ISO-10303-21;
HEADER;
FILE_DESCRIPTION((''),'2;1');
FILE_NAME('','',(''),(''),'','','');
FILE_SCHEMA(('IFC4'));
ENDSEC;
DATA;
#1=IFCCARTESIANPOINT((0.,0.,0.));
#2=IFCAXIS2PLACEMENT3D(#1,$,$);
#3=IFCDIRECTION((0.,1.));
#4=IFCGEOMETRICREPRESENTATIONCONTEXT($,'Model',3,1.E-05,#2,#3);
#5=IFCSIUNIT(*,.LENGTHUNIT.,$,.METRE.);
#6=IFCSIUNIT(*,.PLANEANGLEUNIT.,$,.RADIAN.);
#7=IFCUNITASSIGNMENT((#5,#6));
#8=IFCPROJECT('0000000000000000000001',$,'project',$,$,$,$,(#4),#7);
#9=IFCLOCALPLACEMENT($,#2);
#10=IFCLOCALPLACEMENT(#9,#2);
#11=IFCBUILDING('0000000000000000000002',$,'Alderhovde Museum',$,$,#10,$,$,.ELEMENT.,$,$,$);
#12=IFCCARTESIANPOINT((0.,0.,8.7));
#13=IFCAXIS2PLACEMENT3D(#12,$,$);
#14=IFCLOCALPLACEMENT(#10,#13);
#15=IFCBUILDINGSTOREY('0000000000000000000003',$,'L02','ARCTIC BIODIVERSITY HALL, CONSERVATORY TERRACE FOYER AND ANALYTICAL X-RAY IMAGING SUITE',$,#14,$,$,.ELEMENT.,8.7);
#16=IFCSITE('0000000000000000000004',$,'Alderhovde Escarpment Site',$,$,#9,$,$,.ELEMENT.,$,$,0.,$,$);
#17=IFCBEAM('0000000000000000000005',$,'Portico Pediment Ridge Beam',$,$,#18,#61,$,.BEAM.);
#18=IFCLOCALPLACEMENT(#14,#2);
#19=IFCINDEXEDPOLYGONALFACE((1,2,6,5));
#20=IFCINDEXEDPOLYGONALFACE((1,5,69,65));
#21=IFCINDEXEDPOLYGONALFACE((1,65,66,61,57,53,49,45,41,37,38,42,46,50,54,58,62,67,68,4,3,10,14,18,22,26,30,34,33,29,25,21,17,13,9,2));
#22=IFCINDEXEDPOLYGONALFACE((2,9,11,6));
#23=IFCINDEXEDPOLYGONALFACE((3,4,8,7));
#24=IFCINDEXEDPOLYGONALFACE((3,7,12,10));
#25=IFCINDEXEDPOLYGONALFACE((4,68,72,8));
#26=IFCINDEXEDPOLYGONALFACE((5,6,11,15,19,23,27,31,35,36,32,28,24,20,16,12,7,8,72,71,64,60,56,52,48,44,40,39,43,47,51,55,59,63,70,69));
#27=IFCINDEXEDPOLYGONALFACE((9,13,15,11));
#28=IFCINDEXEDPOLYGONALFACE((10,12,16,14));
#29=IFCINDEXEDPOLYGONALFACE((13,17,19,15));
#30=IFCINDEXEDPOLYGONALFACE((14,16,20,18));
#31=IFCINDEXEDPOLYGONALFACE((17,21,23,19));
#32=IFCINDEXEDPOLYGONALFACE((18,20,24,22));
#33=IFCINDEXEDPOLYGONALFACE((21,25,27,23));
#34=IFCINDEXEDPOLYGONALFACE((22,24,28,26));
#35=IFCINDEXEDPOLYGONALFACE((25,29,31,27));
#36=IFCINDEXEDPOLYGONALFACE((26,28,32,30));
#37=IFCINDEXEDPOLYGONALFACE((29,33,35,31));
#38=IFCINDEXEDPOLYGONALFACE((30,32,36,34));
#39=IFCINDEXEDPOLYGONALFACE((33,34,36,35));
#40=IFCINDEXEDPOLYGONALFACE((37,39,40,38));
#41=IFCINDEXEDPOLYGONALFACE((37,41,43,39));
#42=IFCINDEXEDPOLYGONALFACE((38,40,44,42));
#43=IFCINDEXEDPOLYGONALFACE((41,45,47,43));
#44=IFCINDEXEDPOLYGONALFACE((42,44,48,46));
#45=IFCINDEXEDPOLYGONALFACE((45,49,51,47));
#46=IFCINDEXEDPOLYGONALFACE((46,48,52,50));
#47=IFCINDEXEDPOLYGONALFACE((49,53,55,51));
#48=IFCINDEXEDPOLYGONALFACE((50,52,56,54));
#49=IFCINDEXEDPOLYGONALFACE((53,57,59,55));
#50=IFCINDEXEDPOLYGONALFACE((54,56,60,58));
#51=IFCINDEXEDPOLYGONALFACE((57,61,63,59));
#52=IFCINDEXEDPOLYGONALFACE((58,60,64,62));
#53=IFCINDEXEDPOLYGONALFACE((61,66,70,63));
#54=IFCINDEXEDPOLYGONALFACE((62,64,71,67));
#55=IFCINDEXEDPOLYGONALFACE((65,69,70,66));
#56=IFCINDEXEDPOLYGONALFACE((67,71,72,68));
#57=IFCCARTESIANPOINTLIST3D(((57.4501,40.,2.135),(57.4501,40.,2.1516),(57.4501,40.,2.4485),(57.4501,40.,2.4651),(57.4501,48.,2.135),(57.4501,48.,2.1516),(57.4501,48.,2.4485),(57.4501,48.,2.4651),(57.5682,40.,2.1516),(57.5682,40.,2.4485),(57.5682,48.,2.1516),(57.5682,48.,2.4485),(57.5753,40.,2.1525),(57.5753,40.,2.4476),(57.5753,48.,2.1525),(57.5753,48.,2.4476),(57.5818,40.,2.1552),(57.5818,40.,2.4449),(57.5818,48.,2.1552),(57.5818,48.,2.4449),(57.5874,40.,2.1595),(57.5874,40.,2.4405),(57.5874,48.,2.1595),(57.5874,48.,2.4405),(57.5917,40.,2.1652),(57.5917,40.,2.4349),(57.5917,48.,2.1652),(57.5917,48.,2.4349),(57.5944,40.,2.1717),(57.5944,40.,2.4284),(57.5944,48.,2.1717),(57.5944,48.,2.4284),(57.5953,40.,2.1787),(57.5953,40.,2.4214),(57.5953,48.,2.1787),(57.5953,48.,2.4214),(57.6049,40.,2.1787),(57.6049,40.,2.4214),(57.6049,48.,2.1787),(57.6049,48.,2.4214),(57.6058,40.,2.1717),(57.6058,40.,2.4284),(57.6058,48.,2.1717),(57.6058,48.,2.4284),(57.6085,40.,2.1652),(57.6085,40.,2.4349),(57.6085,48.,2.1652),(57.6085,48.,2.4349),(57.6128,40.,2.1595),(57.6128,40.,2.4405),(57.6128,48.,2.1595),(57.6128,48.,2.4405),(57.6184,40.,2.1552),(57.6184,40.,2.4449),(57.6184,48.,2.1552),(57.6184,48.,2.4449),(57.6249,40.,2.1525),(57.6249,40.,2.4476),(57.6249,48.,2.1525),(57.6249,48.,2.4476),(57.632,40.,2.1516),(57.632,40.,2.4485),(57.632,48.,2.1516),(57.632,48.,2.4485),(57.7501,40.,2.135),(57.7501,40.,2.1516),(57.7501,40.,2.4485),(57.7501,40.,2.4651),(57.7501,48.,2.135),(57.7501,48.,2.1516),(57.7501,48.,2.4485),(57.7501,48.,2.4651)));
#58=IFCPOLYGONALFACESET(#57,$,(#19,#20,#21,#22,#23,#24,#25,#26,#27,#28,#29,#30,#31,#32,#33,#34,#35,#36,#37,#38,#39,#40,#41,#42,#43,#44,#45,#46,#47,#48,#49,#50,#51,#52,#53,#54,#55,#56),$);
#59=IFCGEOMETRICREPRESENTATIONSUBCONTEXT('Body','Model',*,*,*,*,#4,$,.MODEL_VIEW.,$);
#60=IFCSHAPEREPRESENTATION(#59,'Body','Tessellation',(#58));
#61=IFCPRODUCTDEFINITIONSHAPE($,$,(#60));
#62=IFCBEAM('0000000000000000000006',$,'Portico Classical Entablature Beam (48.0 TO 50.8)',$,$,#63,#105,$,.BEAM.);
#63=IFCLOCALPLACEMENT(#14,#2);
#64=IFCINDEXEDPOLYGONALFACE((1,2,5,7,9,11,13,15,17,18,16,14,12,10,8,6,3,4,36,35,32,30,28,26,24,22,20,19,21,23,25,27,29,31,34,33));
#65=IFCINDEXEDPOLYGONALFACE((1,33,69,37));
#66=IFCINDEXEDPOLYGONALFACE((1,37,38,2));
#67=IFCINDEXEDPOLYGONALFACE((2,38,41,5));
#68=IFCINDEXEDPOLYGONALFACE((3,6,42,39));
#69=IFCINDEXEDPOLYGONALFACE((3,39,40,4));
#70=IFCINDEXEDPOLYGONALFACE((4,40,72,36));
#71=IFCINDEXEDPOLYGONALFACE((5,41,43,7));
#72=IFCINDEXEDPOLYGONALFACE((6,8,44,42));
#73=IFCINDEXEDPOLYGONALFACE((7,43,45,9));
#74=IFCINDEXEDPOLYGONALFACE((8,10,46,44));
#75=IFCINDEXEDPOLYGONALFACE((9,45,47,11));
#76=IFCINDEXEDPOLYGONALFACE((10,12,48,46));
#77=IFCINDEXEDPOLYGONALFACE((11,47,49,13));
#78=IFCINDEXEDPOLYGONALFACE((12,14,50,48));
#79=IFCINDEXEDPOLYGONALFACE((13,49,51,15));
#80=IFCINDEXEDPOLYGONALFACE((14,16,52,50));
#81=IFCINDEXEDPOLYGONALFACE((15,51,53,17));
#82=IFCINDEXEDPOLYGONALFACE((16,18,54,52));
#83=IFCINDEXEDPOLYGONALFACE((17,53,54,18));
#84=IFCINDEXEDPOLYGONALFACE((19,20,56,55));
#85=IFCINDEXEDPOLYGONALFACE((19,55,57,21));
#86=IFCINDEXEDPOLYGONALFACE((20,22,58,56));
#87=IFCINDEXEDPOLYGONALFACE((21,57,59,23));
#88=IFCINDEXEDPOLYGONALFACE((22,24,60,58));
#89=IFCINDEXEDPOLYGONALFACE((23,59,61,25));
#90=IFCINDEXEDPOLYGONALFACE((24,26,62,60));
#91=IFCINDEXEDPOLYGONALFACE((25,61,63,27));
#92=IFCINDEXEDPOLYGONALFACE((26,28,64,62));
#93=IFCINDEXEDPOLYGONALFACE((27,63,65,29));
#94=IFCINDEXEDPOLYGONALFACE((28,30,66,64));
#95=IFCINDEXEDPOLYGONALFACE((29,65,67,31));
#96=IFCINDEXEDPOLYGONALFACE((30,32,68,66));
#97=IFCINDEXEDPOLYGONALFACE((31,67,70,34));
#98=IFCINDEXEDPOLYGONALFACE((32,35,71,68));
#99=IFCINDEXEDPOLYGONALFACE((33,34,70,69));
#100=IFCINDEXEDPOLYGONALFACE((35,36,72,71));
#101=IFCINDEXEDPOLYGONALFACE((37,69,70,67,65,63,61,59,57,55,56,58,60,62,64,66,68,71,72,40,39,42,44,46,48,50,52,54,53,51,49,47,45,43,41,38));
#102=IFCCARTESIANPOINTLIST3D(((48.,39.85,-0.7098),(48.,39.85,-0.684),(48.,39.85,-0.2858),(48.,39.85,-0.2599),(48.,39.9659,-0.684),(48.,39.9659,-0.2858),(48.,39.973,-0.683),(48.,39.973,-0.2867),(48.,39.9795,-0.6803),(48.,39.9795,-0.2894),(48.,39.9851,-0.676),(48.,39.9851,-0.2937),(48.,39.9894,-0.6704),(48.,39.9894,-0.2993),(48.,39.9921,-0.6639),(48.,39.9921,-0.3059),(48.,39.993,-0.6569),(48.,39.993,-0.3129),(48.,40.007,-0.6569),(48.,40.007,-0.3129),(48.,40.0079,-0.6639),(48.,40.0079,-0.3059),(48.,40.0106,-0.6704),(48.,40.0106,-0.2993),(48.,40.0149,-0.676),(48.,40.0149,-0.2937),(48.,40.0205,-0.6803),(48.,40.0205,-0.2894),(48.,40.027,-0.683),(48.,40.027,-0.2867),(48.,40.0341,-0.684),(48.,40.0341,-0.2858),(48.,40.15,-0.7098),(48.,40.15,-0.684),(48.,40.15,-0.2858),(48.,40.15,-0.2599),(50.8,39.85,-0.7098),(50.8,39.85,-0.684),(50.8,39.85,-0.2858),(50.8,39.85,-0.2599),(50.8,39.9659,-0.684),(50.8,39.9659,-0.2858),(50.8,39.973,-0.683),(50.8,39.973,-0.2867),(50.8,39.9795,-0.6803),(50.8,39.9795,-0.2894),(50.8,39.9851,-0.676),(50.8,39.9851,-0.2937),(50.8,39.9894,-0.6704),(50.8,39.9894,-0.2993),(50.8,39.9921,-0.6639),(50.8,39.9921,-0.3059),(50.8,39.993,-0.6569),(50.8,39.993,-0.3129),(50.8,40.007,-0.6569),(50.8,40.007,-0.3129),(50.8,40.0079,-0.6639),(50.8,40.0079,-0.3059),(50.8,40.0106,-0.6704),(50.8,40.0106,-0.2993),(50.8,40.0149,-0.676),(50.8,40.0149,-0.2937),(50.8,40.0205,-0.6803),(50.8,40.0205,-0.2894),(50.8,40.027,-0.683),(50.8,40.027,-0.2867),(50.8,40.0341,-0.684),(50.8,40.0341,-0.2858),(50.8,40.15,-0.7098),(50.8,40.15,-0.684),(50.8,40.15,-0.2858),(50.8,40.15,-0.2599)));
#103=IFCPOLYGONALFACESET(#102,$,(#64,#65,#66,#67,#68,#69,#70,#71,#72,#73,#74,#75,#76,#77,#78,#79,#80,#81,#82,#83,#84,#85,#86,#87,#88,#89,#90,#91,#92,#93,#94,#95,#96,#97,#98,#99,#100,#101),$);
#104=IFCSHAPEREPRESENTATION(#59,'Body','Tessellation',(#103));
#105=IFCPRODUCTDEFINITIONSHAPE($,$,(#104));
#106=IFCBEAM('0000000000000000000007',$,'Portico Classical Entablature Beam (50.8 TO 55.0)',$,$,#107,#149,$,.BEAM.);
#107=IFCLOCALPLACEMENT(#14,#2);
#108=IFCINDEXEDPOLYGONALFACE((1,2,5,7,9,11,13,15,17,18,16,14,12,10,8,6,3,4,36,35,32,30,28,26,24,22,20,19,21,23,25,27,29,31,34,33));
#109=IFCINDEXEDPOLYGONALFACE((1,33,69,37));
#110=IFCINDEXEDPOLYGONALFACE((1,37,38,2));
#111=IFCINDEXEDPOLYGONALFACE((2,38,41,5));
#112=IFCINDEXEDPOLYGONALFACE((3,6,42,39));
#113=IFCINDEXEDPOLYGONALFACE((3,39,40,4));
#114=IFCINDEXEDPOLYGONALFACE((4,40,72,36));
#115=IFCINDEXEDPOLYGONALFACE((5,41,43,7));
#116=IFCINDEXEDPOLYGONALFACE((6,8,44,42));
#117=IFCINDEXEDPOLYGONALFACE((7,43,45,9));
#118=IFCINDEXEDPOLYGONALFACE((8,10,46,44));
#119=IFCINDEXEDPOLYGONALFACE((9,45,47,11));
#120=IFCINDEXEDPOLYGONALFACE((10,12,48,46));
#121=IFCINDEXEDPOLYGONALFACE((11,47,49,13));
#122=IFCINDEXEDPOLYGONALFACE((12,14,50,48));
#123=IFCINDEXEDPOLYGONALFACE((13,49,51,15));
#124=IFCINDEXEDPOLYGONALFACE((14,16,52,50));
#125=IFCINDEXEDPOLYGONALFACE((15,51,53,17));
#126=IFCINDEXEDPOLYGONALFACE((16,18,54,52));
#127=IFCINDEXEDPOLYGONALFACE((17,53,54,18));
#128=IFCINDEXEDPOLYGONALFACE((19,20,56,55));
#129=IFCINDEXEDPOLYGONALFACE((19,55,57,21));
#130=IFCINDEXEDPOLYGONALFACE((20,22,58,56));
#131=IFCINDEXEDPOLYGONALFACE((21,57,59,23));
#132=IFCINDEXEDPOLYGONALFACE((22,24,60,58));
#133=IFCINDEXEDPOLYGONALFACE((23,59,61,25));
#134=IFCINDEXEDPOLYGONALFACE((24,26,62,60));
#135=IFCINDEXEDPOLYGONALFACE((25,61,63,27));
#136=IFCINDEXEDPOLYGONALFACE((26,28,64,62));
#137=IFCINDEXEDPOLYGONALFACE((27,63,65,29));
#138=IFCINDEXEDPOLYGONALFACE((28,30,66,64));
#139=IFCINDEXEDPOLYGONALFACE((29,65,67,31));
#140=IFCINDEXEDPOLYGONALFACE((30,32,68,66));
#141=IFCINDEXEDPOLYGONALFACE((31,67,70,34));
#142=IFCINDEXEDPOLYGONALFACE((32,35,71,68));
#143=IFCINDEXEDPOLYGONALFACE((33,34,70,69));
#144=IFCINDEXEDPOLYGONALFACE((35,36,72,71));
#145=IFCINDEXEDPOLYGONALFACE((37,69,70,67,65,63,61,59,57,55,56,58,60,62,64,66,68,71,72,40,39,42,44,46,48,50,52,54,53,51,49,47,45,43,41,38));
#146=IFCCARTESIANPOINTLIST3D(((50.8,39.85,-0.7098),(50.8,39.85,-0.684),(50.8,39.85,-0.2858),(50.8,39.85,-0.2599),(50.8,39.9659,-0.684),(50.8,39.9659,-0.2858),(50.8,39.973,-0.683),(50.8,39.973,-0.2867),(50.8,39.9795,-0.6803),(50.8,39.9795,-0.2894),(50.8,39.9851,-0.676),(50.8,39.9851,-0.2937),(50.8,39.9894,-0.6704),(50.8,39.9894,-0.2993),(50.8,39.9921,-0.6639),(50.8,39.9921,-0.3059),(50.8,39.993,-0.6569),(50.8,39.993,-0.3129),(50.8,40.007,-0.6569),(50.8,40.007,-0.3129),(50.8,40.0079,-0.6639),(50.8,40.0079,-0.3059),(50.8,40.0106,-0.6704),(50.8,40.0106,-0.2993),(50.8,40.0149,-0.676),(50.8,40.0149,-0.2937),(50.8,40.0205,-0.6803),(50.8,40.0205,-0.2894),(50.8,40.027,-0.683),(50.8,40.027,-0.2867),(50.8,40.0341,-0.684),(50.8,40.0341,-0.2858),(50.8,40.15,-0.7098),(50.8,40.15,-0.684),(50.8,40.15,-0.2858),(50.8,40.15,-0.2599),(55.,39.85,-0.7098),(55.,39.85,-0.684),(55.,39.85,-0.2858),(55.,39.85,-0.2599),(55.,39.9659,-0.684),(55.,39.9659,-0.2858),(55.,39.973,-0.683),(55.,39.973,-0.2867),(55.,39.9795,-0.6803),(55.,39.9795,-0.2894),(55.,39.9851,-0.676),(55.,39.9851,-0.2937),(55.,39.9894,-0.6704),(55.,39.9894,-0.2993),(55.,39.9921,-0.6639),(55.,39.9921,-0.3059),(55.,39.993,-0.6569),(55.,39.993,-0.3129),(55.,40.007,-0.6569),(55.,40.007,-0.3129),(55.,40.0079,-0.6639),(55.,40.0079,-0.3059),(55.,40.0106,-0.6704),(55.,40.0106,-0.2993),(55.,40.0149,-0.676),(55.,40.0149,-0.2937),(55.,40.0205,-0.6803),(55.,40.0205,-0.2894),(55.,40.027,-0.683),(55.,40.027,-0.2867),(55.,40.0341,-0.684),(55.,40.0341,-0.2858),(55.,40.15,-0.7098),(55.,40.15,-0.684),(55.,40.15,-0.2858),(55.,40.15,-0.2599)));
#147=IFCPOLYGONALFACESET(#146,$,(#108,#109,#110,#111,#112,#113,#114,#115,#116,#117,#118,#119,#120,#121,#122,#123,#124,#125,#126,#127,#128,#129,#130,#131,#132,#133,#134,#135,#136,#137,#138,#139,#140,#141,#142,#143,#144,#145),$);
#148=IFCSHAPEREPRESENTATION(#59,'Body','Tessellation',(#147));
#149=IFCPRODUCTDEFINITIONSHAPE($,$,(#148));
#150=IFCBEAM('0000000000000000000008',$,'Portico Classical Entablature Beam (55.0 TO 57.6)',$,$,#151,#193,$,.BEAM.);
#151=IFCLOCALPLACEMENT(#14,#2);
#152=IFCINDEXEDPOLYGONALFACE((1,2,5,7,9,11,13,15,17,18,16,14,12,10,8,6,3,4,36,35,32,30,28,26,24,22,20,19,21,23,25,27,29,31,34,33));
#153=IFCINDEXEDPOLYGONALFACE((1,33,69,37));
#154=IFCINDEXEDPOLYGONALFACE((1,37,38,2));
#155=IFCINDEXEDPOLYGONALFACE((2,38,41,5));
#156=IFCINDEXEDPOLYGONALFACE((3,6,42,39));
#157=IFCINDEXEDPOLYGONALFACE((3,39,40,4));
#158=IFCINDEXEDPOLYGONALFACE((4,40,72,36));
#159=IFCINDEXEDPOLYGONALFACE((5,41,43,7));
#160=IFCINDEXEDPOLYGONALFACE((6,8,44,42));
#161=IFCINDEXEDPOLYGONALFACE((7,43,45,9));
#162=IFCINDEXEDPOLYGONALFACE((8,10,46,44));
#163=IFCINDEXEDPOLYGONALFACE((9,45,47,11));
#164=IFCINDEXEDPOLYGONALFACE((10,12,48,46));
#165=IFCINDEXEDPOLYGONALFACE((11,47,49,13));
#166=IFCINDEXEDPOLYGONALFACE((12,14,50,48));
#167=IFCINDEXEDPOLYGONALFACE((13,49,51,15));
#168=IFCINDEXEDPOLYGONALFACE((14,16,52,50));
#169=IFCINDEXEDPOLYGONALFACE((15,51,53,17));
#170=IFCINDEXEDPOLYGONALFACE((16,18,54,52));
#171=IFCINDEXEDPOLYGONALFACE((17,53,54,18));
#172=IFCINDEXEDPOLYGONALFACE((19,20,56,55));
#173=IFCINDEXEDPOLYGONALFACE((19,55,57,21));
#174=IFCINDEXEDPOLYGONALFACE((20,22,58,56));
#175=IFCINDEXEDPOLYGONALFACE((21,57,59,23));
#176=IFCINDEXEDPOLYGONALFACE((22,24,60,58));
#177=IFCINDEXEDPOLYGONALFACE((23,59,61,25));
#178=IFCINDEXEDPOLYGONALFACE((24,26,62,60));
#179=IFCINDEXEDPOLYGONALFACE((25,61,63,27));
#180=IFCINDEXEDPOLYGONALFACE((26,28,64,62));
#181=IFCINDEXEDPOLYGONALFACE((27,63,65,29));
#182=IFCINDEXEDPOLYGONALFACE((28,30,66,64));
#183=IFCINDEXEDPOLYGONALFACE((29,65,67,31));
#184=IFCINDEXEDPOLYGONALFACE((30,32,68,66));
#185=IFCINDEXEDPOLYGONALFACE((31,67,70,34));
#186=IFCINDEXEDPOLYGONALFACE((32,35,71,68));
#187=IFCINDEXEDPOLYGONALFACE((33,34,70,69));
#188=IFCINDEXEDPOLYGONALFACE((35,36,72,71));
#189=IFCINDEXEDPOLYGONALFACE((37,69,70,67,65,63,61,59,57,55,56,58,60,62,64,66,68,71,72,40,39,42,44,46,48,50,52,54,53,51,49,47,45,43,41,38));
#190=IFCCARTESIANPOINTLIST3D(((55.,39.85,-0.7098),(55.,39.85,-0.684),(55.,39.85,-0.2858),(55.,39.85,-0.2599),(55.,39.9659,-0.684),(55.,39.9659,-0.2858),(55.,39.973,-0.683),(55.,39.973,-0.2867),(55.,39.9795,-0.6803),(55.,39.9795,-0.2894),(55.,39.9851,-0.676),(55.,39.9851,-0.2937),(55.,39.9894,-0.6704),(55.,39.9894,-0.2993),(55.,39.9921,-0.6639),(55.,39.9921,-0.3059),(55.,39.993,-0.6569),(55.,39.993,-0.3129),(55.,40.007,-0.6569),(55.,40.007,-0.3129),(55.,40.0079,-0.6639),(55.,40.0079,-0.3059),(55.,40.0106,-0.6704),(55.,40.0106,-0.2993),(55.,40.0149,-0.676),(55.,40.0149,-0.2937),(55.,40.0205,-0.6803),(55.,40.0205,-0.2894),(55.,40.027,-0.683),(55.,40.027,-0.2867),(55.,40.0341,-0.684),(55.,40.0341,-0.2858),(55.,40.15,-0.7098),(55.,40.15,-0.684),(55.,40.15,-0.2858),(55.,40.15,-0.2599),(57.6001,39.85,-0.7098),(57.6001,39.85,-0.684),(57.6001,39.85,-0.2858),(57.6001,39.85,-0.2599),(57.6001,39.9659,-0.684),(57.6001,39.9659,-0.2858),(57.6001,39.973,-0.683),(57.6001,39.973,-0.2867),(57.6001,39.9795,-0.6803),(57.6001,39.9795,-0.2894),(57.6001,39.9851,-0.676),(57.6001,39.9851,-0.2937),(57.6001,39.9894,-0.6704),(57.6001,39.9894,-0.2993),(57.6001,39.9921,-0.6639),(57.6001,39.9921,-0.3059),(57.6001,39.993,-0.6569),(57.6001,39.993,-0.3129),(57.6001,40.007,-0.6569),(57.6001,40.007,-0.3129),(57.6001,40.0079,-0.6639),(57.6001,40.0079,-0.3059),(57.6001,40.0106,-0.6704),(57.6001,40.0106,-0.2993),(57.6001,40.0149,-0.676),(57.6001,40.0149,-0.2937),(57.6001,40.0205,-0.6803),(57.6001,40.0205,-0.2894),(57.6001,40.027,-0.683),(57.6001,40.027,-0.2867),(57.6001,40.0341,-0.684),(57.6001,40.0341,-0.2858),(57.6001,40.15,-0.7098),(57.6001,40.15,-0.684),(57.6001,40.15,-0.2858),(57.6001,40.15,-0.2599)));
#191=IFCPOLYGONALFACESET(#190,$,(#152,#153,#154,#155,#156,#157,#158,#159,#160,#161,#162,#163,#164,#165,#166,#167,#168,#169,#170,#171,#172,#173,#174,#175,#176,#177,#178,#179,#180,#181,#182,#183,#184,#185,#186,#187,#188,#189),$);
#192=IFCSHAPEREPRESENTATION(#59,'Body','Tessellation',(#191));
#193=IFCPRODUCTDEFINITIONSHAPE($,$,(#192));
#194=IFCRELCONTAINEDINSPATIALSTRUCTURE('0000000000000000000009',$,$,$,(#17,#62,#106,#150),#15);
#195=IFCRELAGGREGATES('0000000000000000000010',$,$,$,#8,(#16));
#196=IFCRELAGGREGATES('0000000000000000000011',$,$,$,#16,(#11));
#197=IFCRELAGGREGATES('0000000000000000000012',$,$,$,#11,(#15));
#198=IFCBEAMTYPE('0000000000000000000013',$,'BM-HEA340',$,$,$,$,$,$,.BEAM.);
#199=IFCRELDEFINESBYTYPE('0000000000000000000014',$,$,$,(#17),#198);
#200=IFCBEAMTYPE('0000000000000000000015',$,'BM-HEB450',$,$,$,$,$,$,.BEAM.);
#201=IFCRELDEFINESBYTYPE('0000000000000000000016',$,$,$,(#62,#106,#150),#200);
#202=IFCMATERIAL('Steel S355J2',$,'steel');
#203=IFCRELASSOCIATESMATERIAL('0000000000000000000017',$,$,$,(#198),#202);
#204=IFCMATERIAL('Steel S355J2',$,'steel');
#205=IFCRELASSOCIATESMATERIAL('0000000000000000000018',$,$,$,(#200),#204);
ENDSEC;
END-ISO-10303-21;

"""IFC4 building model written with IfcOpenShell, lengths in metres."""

from ifc_helpers import new_model, si_unit, direction, frame, origin, origin_2d, place, context, subcontext, project, spatial, i_section, extrude, material, material_profile, profile_set, type_object, element, save


model = new_model("IFC4")

# Units and contexts
model_context = context("Model", 3, precision=1e-05, world=origin(), true_north=direction((0.0, 1.0)))
body_context = subcontext(model_context, "Body", "Model", "MODEL_VIEW")
ifc_project = project(units=[si_unit("LENGTHUNIT", "METRE"), si_unit("PLANEANGLEUNIT", "RADIAN")], contexts=[model_context])

# Site, building, storey
site_placement = place(None, origin())
site = spatial("IfcSite", under=ifc_project, at=site_placement, Name="Alderhovde Escarpment Site", CompositionType="ELEMENT", RefElevation=0.0)
building_placement = place(site_placement, origin())
building = spatial("IfcBuilding", under=site, at=building_placement, Name="Alderhovde Museum", CompositionType="ELEMENT")
storey_placement = place(building_placement, frame((0.0, 0.0, 8.7)))
storey = spatial("IfcBuildingStorey", under=building, at=storey_placement, Name="L02", Description="ARCTIC BIODIVERSITY HALL, CONSERVATORY TERRACE FOYER AND ANALYTICAL X-RAY IMAGING SUITE", CompositionType="ELEMENT", Elevation=8.7)

# Beams
ifc_material_1 = material(Name="Steel S355J2", Category="steel")
ifc_material_profile_1 = material_profile(ifc_material_1, i_section(OverallWidth=0.3, OverallDepth=0.3301, WebThickness=0.0095, FlangeThickness=0.0166, FilletRadius=0.0271, at=origin_2d()), Name="HEA 340")
ifc_profile_set_1 = profile_set([ifc_material_profile_1], Name="Steel S355J2")
beam_type_1 = type_object("IfcBeamType", Name="BM-HEA340", PredefinedType="BEAM", material=ifc_profile_set_1)
for number, where, z_axis, x_axis, name in (
    (1, (57.6001, 40.0, 2.3), (0.0, 1.0, 0.0), (-1.0, 0.0, 0.0), "Portico Pediment Ridge Beam"),
):
    element("IfcBeam", number, at=place(storey_placement, frame(where, z_axis=z_axis, x_axis=x_axis)), inside=storey, type_object=beam_type_1, Name=name, PredefinedType="BEAM", context=body_context, shape_type="SweptSolid", body=[
        extrude(i_section(OverallWidth=0.3, OverallDepth=0.3301, WebThickness=0.0095, FlangeThickness=0.0166, FilletRadius=0.0271, at=origin_2d()), origin(), (0.0, 0.0, 1.0), 8.0),
    ])
ifc_material_2 = material(Name="Steel S355J2", Category="steel")
ifc_material_profile_2 = material_profile(ifc_material_2, i_section(OverallWidth=0.3, OverallDepth=0.45, WebThickness=0.0139, FlangeThickness=0.0259, FilletRadius=0.0271, at=origin_2d()), Name="HEB 450")
ifc_profile_set_2 = profile_set([ifc_material_profile_2], Name="Steel S355J2")
beam_type_2 = type_object("IfcBeamType", Name="BM-HEB450", PredefinedType="BEAM", material=ifc_profile_set_2)
beam_1_placement = place(storey_placement, frame((48.0, 40.0, -0.4849), z_axis=(1.0, 0.0, 0.0), x_axis=(0.0, 1.0, 0.0)))
element("IfcBeam", 2, at=beam_1_placement, inside=storey, type_object=beam_type_2, Name="Portico Classical Entablature Beam (48.0 TO 50.8)", PredefinedType="BEAM", context=body_context, shape_type="SweptSolid", body=[
    extrude(i_section(OverallWidth=0.3, OverallDepth=0.45, WebThickness=0.0139, FlangeThickness=0.0259, FilletRadius=0.0271, at=origin_2d()), origin(), (0.0, 0.0, 1.0), 2.8),
])
beam_2_placement = place(storey_placement, frame((50.8, 40.0, -0.4849), z_axis=(1.0, 0.0, 0.0), x_axis=(0.0, 1.0, 0.0)))
element("IfcBeam", 3, at=beam_2_placement, inside=storey, type_object=beam_type_2, Name="Portico Classical Entablature Beam (50.8 TO 55.0)", PredefinedType="BEAM", context=body_context, shape_type="SweptSolid", body=[
    extrude(i_section(OverallWidth=0.3, OverallDepth=0.45, WebThickness=0.0139, FlangeThickness=0.0259, FilletRadius=0.0271, at=origin_2d()), origin(), (0.0, 0.0, 1.0), 4.2),
])
beam_3_placement = place(storey_placement, frame((55.0, 40.0, -0.4849), z_axis=(1.0, 0.0, 0.0), x_axis=(0.0, 1.0, 0.0)))
element("IfcBeam", 4, at=beam_3_placement, inside=storey, type_object=beam_type_2, Name="Portico Classical Entablature Beam (55.0 TO 57.6)", PredefinedType="BEAM", context=body_context, shape_type="SweptSolid", body=[
    extrude(i_section(OverallWidth=0.3, OverallDepth=0.45, WebThickness=0.0139, FlangeThickness=0.0259, FilletRadius=0.0271, at=origin_2d()), origin(), (0.0, 0.0, 1.0), 2.6001),
])

save(model, "model.ifc")
